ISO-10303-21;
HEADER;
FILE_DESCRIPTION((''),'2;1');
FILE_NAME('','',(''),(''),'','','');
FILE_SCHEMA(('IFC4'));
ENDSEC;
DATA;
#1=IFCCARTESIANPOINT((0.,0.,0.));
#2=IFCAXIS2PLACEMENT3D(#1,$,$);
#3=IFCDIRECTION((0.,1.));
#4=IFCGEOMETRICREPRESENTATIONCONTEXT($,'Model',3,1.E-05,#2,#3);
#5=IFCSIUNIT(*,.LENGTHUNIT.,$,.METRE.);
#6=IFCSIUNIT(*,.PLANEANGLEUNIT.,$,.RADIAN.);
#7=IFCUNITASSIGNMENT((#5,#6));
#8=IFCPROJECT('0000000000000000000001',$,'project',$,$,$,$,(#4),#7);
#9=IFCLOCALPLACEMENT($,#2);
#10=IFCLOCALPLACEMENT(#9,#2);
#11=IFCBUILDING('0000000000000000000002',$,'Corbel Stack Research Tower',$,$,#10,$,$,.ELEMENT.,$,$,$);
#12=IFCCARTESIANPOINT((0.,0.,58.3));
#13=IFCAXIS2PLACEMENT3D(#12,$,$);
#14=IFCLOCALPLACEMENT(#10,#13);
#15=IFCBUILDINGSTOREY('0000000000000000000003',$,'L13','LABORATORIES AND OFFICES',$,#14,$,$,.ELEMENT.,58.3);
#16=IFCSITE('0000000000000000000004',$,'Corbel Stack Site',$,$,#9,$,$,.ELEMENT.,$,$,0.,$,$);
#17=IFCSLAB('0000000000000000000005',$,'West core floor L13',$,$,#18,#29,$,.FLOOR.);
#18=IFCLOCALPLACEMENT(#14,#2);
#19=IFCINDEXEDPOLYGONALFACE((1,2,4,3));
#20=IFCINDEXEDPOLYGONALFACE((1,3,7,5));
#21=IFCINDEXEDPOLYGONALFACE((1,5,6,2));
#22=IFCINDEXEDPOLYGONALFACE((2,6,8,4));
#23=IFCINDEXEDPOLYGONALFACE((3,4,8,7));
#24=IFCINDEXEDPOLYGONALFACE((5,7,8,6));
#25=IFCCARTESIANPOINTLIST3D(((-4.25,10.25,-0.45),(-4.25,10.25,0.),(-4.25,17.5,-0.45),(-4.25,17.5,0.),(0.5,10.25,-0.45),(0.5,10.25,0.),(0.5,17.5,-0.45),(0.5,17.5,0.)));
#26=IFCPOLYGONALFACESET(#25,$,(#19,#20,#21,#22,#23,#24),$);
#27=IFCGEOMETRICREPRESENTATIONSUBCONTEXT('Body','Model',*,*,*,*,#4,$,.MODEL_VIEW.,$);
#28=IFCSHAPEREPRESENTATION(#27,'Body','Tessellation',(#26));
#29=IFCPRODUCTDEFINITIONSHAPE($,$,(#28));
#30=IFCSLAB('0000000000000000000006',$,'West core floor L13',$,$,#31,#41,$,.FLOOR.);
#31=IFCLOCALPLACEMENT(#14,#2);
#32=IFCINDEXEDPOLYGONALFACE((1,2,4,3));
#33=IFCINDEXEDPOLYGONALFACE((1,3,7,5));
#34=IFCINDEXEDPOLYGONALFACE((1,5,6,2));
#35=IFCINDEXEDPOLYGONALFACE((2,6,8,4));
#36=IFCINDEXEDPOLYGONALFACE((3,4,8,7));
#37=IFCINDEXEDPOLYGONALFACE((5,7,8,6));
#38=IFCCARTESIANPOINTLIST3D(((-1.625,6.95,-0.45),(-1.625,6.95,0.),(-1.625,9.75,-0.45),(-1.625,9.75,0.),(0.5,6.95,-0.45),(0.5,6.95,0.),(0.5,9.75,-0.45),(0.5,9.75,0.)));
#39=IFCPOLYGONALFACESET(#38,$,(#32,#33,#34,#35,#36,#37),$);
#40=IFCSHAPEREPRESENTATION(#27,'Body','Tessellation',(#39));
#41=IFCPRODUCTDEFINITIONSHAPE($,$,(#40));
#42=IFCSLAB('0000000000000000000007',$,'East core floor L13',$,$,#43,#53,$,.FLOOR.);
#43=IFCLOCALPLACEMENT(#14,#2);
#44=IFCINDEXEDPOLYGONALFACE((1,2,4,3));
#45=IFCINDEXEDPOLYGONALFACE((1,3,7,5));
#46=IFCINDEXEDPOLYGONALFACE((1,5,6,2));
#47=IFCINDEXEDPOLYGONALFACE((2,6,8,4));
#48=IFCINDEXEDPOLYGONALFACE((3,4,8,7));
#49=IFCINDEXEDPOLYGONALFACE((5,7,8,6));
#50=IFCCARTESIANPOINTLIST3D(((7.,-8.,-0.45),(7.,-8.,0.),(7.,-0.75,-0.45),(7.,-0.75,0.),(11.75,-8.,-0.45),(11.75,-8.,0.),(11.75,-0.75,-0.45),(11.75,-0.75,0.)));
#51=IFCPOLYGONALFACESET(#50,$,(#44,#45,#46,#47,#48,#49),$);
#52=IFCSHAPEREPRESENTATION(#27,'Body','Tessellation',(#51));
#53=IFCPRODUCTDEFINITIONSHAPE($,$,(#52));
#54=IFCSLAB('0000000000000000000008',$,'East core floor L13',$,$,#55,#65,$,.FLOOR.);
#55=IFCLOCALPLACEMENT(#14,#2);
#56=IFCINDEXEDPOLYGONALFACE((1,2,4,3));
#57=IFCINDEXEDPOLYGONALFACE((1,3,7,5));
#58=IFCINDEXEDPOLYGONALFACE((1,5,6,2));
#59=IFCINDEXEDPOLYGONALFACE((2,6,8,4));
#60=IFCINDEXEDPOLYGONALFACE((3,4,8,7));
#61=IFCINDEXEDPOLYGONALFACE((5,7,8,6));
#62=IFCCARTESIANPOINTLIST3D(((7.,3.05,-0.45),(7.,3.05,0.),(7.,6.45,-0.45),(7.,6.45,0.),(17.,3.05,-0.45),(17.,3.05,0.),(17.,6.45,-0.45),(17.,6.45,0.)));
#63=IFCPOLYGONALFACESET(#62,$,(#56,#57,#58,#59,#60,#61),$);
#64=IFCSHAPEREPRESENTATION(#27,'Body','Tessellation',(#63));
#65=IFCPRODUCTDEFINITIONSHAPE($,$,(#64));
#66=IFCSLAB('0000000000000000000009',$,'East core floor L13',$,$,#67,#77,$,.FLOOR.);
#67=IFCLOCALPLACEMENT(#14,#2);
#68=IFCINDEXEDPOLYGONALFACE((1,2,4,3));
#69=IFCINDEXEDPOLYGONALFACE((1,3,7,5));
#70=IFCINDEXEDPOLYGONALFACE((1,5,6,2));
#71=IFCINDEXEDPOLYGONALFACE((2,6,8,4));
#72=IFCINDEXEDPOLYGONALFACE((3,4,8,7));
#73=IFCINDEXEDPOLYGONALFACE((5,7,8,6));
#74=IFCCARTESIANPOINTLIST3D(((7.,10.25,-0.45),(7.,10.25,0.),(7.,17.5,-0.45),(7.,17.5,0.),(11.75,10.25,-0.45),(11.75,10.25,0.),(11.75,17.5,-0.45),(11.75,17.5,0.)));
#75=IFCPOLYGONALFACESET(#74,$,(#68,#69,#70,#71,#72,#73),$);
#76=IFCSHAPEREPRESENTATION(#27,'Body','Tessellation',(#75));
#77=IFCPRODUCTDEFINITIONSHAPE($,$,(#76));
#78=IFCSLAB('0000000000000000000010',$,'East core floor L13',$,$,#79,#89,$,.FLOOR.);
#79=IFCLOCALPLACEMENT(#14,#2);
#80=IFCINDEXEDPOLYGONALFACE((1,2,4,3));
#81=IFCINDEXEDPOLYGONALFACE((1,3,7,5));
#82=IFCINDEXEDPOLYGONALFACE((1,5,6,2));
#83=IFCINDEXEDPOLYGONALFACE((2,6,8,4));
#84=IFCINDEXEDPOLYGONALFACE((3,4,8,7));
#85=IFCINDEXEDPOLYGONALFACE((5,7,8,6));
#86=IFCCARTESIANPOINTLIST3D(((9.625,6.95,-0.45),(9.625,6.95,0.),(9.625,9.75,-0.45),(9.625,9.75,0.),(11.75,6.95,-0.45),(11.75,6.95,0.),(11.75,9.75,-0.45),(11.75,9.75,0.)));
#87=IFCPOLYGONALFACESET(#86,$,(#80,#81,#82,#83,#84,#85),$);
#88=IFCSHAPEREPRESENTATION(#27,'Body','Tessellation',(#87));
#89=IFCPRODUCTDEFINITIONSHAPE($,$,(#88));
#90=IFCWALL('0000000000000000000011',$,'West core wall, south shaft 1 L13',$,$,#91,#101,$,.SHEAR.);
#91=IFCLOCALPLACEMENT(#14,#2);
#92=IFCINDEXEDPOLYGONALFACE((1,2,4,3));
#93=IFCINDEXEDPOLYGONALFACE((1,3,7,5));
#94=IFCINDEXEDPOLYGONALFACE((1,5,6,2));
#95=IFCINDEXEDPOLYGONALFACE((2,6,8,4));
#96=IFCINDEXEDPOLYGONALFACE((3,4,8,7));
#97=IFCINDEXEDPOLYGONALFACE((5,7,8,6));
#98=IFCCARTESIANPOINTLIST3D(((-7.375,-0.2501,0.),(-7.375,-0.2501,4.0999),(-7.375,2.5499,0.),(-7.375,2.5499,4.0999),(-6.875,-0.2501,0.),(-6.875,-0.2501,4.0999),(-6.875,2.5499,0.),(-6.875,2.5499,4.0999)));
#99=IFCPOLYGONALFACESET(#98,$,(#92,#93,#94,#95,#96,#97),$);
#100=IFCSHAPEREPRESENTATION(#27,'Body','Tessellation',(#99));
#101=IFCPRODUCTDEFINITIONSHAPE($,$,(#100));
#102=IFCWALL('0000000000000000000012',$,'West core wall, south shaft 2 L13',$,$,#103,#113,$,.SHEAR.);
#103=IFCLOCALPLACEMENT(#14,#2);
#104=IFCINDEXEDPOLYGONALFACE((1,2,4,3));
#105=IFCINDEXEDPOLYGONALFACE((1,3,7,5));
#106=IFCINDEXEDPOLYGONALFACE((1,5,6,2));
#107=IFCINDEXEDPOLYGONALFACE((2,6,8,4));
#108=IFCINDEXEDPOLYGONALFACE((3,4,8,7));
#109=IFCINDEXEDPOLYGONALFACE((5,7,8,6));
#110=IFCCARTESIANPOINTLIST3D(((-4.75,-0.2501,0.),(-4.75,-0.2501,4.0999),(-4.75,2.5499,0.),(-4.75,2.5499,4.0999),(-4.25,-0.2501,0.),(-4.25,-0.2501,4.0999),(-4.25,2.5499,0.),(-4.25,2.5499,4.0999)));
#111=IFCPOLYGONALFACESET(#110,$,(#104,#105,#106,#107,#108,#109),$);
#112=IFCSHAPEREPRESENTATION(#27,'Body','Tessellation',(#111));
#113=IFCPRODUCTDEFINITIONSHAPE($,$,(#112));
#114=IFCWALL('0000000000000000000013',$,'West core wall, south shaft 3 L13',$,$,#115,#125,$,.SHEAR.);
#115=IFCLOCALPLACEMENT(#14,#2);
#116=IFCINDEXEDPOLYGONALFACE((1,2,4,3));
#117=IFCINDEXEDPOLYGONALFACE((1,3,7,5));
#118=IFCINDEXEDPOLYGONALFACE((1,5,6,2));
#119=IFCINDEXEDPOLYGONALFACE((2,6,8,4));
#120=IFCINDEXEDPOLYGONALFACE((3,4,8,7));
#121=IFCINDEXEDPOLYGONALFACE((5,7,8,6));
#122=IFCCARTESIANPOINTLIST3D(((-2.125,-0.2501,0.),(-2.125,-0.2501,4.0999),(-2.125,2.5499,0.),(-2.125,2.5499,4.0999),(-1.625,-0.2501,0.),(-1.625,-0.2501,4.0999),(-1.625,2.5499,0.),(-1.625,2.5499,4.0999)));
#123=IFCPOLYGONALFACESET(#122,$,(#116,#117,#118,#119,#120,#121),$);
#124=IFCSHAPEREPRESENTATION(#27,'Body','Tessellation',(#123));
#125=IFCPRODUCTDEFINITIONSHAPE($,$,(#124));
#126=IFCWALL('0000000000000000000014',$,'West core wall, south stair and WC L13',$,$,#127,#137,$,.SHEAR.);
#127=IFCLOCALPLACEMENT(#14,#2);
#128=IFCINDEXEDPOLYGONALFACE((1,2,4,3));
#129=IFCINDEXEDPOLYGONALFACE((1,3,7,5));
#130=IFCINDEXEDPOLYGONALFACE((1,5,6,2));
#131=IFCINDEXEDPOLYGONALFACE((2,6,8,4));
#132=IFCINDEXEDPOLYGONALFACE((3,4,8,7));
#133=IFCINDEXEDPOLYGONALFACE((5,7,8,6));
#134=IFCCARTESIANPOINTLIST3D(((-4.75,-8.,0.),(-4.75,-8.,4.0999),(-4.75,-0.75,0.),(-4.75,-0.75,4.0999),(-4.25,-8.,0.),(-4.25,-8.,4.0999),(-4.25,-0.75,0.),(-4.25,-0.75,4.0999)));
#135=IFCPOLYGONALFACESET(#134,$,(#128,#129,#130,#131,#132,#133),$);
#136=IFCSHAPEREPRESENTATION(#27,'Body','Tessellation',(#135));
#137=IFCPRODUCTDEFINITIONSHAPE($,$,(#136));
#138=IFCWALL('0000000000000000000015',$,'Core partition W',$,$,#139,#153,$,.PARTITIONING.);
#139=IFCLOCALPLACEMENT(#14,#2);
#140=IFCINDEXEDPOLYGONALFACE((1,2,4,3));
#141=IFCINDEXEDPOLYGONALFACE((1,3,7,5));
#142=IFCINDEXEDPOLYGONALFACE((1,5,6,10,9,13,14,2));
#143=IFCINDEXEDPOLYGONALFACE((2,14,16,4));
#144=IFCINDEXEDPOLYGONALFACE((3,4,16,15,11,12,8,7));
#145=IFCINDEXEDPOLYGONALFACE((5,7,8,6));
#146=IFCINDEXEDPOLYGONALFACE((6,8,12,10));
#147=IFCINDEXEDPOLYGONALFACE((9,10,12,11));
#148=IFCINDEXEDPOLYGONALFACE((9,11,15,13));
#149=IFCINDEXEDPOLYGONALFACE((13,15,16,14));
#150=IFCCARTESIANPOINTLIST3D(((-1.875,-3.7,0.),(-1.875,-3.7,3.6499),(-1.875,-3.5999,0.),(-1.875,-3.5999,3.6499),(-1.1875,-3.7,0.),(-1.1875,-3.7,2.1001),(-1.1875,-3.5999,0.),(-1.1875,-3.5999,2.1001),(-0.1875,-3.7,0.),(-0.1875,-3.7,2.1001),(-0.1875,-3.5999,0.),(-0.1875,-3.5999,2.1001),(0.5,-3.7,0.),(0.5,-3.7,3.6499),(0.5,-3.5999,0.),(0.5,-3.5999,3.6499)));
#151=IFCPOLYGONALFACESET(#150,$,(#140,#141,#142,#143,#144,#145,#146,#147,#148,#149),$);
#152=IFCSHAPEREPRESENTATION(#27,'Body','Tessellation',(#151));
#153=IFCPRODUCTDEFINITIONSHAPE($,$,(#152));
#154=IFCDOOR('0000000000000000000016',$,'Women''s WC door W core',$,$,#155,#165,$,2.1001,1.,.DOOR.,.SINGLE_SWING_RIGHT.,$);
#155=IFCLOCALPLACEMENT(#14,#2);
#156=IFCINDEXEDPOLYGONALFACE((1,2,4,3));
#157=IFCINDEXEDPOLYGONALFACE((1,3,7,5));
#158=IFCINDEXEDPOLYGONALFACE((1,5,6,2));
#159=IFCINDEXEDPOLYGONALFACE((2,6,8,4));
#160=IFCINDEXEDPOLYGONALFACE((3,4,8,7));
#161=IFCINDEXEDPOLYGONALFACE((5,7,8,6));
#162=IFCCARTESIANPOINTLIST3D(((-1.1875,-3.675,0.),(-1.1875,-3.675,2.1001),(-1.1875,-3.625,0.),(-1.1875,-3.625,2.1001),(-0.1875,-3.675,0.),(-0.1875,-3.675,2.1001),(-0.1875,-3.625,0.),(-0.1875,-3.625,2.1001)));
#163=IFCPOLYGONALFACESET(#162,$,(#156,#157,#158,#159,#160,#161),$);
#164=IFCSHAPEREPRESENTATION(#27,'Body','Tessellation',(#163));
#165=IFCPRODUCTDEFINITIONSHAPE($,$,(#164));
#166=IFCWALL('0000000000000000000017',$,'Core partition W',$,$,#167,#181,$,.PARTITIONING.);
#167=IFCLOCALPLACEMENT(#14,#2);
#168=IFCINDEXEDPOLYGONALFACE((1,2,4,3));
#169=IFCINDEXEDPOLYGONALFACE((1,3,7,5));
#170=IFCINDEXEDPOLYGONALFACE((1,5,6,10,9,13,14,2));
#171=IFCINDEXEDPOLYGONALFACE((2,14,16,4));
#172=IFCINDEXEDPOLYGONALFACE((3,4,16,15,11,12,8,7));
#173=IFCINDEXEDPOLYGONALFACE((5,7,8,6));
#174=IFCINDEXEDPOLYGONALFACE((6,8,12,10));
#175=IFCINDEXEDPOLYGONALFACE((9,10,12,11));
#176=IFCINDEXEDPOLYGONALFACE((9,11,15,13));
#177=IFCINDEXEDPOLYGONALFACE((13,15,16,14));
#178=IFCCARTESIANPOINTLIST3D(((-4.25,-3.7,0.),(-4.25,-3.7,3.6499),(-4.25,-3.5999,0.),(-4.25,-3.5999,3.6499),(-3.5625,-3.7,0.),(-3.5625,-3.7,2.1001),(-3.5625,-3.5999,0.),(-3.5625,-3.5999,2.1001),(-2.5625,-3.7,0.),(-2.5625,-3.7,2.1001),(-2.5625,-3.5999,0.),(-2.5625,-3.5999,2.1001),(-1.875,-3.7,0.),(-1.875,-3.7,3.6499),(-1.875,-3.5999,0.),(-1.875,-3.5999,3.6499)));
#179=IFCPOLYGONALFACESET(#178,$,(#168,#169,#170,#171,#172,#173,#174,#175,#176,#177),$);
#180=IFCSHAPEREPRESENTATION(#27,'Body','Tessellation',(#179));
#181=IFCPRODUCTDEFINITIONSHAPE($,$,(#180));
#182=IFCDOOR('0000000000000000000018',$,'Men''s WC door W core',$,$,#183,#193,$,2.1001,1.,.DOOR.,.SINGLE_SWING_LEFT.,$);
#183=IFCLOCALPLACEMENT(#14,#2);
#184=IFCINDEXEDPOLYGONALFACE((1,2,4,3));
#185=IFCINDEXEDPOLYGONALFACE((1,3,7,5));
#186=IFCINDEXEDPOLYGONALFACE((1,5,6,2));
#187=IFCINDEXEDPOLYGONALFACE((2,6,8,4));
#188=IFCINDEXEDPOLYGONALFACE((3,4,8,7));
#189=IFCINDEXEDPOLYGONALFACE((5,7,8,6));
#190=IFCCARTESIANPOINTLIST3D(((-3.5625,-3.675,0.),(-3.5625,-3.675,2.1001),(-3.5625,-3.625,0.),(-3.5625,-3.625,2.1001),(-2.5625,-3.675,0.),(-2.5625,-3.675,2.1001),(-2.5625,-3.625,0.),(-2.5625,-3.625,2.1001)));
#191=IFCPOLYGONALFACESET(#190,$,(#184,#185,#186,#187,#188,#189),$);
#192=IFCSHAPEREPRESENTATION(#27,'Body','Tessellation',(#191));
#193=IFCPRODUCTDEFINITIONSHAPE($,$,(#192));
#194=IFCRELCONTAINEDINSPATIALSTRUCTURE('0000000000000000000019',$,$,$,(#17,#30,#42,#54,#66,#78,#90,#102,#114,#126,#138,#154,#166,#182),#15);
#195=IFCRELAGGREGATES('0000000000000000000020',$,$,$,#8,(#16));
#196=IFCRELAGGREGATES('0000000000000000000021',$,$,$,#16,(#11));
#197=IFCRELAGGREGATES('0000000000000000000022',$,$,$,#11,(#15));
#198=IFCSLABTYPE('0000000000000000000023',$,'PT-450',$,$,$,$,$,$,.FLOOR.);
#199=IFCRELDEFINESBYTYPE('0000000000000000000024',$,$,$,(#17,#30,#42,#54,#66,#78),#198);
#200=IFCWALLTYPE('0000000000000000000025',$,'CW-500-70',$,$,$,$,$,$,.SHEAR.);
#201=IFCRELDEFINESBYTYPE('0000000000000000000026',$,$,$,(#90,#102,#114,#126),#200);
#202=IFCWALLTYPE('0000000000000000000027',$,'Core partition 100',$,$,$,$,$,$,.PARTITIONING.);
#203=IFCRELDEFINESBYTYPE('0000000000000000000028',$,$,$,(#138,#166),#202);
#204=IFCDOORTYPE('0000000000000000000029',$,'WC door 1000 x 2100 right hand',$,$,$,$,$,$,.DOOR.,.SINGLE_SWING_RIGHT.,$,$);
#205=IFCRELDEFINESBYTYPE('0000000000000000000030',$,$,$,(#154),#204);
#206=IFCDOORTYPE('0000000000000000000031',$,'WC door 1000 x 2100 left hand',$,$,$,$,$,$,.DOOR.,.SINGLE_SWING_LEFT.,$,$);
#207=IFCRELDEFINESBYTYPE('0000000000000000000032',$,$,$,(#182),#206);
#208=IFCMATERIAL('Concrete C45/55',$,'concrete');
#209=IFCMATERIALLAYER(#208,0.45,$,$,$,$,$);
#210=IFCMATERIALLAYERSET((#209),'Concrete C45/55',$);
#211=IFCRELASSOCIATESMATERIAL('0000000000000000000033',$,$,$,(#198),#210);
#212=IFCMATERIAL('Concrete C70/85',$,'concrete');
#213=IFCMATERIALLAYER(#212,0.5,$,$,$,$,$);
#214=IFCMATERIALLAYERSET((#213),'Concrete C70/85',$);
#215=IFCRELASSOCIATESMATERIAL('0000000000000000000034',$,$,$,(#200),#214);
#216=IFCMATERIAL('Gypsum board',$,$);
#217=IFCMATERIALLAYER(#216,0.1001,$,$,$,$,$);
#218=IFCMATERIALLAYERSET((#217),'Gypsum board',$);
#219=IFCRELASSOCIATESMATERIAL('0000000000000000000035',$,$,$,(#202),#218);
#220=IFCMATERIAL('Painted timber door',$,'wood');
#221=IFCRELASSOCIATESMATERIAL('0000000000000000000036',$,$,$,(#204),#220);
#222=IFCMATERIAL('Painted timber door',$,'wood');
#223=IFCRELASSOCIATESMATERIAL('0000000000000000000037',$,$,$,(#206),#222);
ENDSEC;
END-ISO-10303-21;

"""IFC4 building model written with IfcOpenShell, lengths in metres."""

from ifc_helpers import new_model, si_unit, direction, frame, frame_2d, origin, place, context, subcontext, project, spatial, polyline, rectangle, outline, extrude, material, layer, layer_set, type_object, element, fill, save


model = new_model("IFC4")

# Units and contexts
model_context = context("Model", 3, precision=1e-05, world=origin(), true_north=direction((0.0, 1.0)))
body_context = subcontext(model_context, "Body", "Model", "MODEL_VIEW")
ifc_project = project(units=[si_unit("LENGTHUNIT", "METRE"), si_unit("PLANEANGLEUNIT", "RADIAN")], contexts=[model_context])

# Site, building, storey
site_placement = place(None, origin())
site = spatial("IfcSite", under=ifc_project, at=site_placement, Name="Corbel Stack Site", CompositionType="ELEMENT", RefElevation=0.0)
building_placement = place(site_placement, origin())
building = spatial("IfcBuilding", under=site, at=building_placement, Name="Corbel Stack Research Tower", CompositionType="ELEMENT")
storey_placement = place(building_placement, frame((0.0, 0.0, 58.3)))
storey = spatial("IfcBuildingStorey", under=building, at=storey_placement, Name="L13", Description="LABORATORIES AND OFFICES", CompositionType="ELEMENT", Elevation=58.3)

# Slabs
ifc_material_1 = material(Name="Concrete C45/55", Category="concrete")
ifc_layer_1 = layer(ifc_material_1, 0.45)
ifc_layer_set_1 = layer_set([ifc_layer_1], Name="Concrete C45/55")
slab_type = type_object("IfcSlabType", Name="PT-450", PredefinedType="FLOOR", material=ifc_layer_set_1)
slab_1_placement = place(storey_placement, frame((0.0, 0.0, -0.45)))
element("IfcSlab", 1, at=slab_1_placement, inside=storey, type_object=slab_type, Name="West core floor L13", PredefinedType="FLOOR", context=body_context, shape_type="SweptSolid", body=[
    extrude(outline(polyline([(-4.25, 17.5), (-4.25, 10.25), (0.5, 10.25), (0.5, 17.5), (-4.25, 17.5)])), origin(), (0.0, 0.0, 1.0), 0.45),
])
slab_2_placement = place(storey_placement, frame((0.0, 0.0, -0.45)))
element("IfcSlab", 2, at=slab_2_placement, inside=storey, type_object=slab_type, Name="West core floor L13", PredefinedType="FLOOR", context=body_context, shape_type="SweptSolid", body=[
    extrude(outline(polyline([(0.5, 6.95), (0.5, 9.75), (-1.625, 9.75), (-1.625, 6.95), (0.5, 6.95)])), origin(), (0.0, 0.0, 1.0), 0.45),
])
slab_3_placement = place(storey_placement, frame((0.0, 0.0, -0.45)))
element("IfcSlab", 3, at=slab_3_placement, inside=storey, type_object=slab_type, Name="East core floor L13", PredefinedType="FLOOR", context=body_context, shape_type="SweptSolid", body=[
    extrude(outline(polyline([(7.0, -0.75), (7.0, -8.0), (11.75, -8.0), (11.75, -0.75), (7.0, -0.75)])), origin(), (0.0, 0.0, 1.0), 0.45),
])
slab_4_placement = place(storey_placement, frame((0.0, 0.0, -0.45)))
element("IfcSlab", 4, at=slab_4_placement, inside=storey, type_object=slab_type, Name="East core floor L13", PredefinedType="FLOOR", context=body_context, shape_type="SweptSolid", body=[
    extrude(outline(polyline([(7.0, 6.45), (7.0, 3.05), (17.0, 3.05), (17.0, 6.45), (7.0, 6.45)])), origin(), (0.0, 0.0, 1.0), 0.45),
])
slab_5_placement = place(storey_placement, frame((0.0, 0.0, -0.45)))
element("IfcSlab", 5, at=slab_5_placement, inside=storey, type_object=slab_type, Name="East core floor L13", PredefinedType="FLOOR", context=body_context, shape_type="SweptSolid", body=[
    extrude(outline(polyline([(7.0, 17.5), (7.0, 10.25), (11.75, 10.25), (11.75, 17.5), (7.0, 17.5)])), origin(), (0.0, 0.0, 1.0), 0.45),
])
slab_6_placement = place(storey_placement, frame((0.0, 0.0, -0.45)))
element("IfcSlab", 6, at=slab_6_placement, inside=storey, type_object=slab_type, Name="East core floor L13", PredefinedType="FLOOR", context=body_context, shape_type="SweptSolid", body=[
    extrude(outline(polyline([(9.625, 6.95), (11.75, 6.95), (11.75, 9.75), (9.625, 9.75), (9.625, 6.95)])), origin(), (0.0, 0.0, 1.0), 0.45),
])

# Walls
ifc_material_2 = material(Name="Concrete C70/85", Category="concrete")
ifc_layer_2 = layer(ifc_material_2, 0.5)
ifc_layer_set_2 = layer_set([ifc_layer_2], Name="Concrete C70/85")
wall_type_1 = type_object("IfcWallType", Name="CW-500-70", PredefinedType="SHEAR", material=ifc_layer_set_2)
for number, where, z_axis, x_axis, name in (
    (7, (-7.125, -0.25, 0.0), (0.0, 0.0, 1.0), (0.0, 1.0, 0.0), "West core wall, south shaft 1 L13"),
    (8, (-4.5, -0.25, 0.0), (0.0, 0.0, 1.0), (0.0, 1.0, 0.0), "West core wall, south shaft 2 L13"),
    (9, (-1.875, -0.25, 0.0), (0.0, 0.0, 1.0), (0.0, 1.0, 0.0), "West core wall, south shaft 3 L13"),
):
    element("IfcWall", number, at=place(storey_placement, frame(where, z_axis=z_axis, x_axis=x_axis)), inside=storey, type_object=wall_type_1, Name=name, PredefinedType="SHEAR", context=body_context, shape_type="SweptSolid", body=[
        extrude(rectangle(XDim=2.8, YDim=0.5, at=frame_2d((1.3999, 0.0))), origin(), (0.0, 0.0, 1.0), 4.0999),
    ])
wall_1_placement = place(storey_placement, frame((-4.5, -8.0, 0.0), z_axis=(0.0, 0.0, 1.0), x_axis=(0.0, 1.0, 0.0)))
element("IfcWall", 10, at=wall_1_placement, inside=storey, type_object=wall_type_1, Name="West core wall, south stair and WC L13", PredefinedType="SHEAR", context=body_context, shape_type="SweptSolid", body=[
    extrude(rectangle(XDim=7.25, YDim=0.5, at=frame_2d((3.625, 0.0))), origin(), (0.0, 0.0, 1.0), 4.0999),
])

# Walls, openings, doors
ifc_material_3 = material(Name="Gypsum board")
ifc_layer_3 = layer(ifc_material_3, 0.1001)
ifc_layer_set_3 = layer_set([ifc_layer_3], Name="Gypsum board")
wall_type_2 = type_object("IfcWallType", Name="Core partition 100", PredefinedType="PARTITIONING", material=ifc_layer_set_3)
wall_2_placement = place(storey_placement, frame((-1.875, -3.6499, 0.0), z_axis=(0.0, 0.0, 1.0), x_axis=(1.0, 0.0, 0.0)))
wall_2 = element("IfcWall", 11, at=wall_2_placement, inside=storey, type_object=wall_type_2, Name="Core partition W", PredefinedType="PARTITIONING", context=body_context, shape_type="SweptSolid", body=[
    extrude(rectangle(XDim=2.375, YDim=0.1001, at=frame_2d((1.1875, 0.0))), origin(), (0.0, 0.0, 1.0), 3.6499),
])
opening_1_placement = place(wall_2_placement, frame((0.6875, 0.0, 0.0)))
opening_1 = element("IfcOpeningElement", 12, at=opening_1_placement, cuts=wall_2, PredefinedType="OPENING", context=body_context, shape_type="SweptSolid", body=[
    extrude(rectangle(XDim=1.0, YDim=2.1001, at=frame_2d((0.5, 1.05))), frame((0.0, 0.0601, 0.0), z_axis=(0.0, -1.0, 0.0), x_axis=(1.0, 0.0, 0.0)), (0.0, 0.0, 1.0), 0.1201),
])
ifc_material_4 = material(Name="Painted timber door", Category="wood")
door_type_1 = type_object("IfcDoorType", Name="WC door 1000 x 2100 right hand", OperationType="SINGLE_SWING_RIGHT", PredefinedType="DOOR", material=ifc_material_4)
door_1_placement = place(opening_1_placement, origin())
door_1 = element("IfcDoor", 13, at=door_1_placement, inside=storey, type_object=door_type_1, Name="Women's WC door W core", OperationType="SINGLE_SWING_RIGHT", OverallHeight=2.1001, OverallWidth=1.0, PredefinedType="DOOR", context=body_context, shape_type="SweptSolid", body=[
    extrude(rectangle(XDim=1.0, YDim=2.1001, at=frame_2d((0.5, 1.05))), frame((0.0, 0.0249, 0.0), z_axis=(0.0, -1.0, 0.0), x_axis=(1.0, 0.0, 0.0)), (0.0, 0.0, 1.0), 0.05),
])
fill(opening_1, door_1)
wall_3_placement = place(storey_placement, frame((-4.25, -3.6499, 0.0), z_axis=(0.0, 0.0, 1.0), x_axis=(1.0, 0.0, 0.0)))
wall_3 = element("IfcWall", 14, at=wall_3_placement, inside=storey, type_object=wall_type_2, Name="Core partition W", PredefinedType="PARTITIONING", context=body_context, shape_type="SweptSolid", body=[
    extrude(rectangle(XDim=2.375, YDim=0.1001, at=frame_2d((1.1875, 0.0))), origin(), (0.0, 0.0, 1.0), 3.6499),
])
opening_2_placement = place(wall_3_placement, frame((0.6875, 0.0, 0.0)))
opening_2 = element("IfcOpeningElement", 15, at=opening_2_placement, cuts=wall_3, PredefinedType="OPENING", context=body_context, shape_type="SweptSolid", body=[
    extrude(rectangle(XDim=1.0, YDim=2.1001, at=frame_2d((0.5, 1.05))), frame((0.0, 0.0601, 0.0), z_axis=(0.0, -1.0, 0.0), x_axis=(1.0, 0.0, 0.0)), (0.0, 0.0, 1.0), 0.1201),
])
ifc_material_5 = material(Name="Painted timber door", Category="wood")
door_type_2 = type_object("IfcDoorType", Name="WC door 1000 x 2100 left hand", OperationType="SINGLE_SWING_LEFT", PredefinedType="DOOR", material=ifc_material_5)
door_2_placement = place(opening_2_placement, origin())
door_2 = element("IfcDoor", 16, at=door_2_placement, inside=storey, type_object=door_type_2, Name="Men's WC door W core", OperationType="SINGLE_SWING_LEFT", OverallHeight=2.1001, OverallWidth=1.0, PredefinedType="DOOR", context=body_context, shape_type="SweptSolid", body=[
    extrude(rectangle(XDim=1.0, YDim=2.1001, at=frame_2d((0.5, 1.05))), frame((0.0, 0.0249, 0.0), z_axis=(0.0, -1.0, 0.0), x_axis=(1.0, 0.0, 0.0)), (0.0, 0.0, 1.0), 0.05),
])
fill(opening_2, door_2)

save(model, "model.ifc")
